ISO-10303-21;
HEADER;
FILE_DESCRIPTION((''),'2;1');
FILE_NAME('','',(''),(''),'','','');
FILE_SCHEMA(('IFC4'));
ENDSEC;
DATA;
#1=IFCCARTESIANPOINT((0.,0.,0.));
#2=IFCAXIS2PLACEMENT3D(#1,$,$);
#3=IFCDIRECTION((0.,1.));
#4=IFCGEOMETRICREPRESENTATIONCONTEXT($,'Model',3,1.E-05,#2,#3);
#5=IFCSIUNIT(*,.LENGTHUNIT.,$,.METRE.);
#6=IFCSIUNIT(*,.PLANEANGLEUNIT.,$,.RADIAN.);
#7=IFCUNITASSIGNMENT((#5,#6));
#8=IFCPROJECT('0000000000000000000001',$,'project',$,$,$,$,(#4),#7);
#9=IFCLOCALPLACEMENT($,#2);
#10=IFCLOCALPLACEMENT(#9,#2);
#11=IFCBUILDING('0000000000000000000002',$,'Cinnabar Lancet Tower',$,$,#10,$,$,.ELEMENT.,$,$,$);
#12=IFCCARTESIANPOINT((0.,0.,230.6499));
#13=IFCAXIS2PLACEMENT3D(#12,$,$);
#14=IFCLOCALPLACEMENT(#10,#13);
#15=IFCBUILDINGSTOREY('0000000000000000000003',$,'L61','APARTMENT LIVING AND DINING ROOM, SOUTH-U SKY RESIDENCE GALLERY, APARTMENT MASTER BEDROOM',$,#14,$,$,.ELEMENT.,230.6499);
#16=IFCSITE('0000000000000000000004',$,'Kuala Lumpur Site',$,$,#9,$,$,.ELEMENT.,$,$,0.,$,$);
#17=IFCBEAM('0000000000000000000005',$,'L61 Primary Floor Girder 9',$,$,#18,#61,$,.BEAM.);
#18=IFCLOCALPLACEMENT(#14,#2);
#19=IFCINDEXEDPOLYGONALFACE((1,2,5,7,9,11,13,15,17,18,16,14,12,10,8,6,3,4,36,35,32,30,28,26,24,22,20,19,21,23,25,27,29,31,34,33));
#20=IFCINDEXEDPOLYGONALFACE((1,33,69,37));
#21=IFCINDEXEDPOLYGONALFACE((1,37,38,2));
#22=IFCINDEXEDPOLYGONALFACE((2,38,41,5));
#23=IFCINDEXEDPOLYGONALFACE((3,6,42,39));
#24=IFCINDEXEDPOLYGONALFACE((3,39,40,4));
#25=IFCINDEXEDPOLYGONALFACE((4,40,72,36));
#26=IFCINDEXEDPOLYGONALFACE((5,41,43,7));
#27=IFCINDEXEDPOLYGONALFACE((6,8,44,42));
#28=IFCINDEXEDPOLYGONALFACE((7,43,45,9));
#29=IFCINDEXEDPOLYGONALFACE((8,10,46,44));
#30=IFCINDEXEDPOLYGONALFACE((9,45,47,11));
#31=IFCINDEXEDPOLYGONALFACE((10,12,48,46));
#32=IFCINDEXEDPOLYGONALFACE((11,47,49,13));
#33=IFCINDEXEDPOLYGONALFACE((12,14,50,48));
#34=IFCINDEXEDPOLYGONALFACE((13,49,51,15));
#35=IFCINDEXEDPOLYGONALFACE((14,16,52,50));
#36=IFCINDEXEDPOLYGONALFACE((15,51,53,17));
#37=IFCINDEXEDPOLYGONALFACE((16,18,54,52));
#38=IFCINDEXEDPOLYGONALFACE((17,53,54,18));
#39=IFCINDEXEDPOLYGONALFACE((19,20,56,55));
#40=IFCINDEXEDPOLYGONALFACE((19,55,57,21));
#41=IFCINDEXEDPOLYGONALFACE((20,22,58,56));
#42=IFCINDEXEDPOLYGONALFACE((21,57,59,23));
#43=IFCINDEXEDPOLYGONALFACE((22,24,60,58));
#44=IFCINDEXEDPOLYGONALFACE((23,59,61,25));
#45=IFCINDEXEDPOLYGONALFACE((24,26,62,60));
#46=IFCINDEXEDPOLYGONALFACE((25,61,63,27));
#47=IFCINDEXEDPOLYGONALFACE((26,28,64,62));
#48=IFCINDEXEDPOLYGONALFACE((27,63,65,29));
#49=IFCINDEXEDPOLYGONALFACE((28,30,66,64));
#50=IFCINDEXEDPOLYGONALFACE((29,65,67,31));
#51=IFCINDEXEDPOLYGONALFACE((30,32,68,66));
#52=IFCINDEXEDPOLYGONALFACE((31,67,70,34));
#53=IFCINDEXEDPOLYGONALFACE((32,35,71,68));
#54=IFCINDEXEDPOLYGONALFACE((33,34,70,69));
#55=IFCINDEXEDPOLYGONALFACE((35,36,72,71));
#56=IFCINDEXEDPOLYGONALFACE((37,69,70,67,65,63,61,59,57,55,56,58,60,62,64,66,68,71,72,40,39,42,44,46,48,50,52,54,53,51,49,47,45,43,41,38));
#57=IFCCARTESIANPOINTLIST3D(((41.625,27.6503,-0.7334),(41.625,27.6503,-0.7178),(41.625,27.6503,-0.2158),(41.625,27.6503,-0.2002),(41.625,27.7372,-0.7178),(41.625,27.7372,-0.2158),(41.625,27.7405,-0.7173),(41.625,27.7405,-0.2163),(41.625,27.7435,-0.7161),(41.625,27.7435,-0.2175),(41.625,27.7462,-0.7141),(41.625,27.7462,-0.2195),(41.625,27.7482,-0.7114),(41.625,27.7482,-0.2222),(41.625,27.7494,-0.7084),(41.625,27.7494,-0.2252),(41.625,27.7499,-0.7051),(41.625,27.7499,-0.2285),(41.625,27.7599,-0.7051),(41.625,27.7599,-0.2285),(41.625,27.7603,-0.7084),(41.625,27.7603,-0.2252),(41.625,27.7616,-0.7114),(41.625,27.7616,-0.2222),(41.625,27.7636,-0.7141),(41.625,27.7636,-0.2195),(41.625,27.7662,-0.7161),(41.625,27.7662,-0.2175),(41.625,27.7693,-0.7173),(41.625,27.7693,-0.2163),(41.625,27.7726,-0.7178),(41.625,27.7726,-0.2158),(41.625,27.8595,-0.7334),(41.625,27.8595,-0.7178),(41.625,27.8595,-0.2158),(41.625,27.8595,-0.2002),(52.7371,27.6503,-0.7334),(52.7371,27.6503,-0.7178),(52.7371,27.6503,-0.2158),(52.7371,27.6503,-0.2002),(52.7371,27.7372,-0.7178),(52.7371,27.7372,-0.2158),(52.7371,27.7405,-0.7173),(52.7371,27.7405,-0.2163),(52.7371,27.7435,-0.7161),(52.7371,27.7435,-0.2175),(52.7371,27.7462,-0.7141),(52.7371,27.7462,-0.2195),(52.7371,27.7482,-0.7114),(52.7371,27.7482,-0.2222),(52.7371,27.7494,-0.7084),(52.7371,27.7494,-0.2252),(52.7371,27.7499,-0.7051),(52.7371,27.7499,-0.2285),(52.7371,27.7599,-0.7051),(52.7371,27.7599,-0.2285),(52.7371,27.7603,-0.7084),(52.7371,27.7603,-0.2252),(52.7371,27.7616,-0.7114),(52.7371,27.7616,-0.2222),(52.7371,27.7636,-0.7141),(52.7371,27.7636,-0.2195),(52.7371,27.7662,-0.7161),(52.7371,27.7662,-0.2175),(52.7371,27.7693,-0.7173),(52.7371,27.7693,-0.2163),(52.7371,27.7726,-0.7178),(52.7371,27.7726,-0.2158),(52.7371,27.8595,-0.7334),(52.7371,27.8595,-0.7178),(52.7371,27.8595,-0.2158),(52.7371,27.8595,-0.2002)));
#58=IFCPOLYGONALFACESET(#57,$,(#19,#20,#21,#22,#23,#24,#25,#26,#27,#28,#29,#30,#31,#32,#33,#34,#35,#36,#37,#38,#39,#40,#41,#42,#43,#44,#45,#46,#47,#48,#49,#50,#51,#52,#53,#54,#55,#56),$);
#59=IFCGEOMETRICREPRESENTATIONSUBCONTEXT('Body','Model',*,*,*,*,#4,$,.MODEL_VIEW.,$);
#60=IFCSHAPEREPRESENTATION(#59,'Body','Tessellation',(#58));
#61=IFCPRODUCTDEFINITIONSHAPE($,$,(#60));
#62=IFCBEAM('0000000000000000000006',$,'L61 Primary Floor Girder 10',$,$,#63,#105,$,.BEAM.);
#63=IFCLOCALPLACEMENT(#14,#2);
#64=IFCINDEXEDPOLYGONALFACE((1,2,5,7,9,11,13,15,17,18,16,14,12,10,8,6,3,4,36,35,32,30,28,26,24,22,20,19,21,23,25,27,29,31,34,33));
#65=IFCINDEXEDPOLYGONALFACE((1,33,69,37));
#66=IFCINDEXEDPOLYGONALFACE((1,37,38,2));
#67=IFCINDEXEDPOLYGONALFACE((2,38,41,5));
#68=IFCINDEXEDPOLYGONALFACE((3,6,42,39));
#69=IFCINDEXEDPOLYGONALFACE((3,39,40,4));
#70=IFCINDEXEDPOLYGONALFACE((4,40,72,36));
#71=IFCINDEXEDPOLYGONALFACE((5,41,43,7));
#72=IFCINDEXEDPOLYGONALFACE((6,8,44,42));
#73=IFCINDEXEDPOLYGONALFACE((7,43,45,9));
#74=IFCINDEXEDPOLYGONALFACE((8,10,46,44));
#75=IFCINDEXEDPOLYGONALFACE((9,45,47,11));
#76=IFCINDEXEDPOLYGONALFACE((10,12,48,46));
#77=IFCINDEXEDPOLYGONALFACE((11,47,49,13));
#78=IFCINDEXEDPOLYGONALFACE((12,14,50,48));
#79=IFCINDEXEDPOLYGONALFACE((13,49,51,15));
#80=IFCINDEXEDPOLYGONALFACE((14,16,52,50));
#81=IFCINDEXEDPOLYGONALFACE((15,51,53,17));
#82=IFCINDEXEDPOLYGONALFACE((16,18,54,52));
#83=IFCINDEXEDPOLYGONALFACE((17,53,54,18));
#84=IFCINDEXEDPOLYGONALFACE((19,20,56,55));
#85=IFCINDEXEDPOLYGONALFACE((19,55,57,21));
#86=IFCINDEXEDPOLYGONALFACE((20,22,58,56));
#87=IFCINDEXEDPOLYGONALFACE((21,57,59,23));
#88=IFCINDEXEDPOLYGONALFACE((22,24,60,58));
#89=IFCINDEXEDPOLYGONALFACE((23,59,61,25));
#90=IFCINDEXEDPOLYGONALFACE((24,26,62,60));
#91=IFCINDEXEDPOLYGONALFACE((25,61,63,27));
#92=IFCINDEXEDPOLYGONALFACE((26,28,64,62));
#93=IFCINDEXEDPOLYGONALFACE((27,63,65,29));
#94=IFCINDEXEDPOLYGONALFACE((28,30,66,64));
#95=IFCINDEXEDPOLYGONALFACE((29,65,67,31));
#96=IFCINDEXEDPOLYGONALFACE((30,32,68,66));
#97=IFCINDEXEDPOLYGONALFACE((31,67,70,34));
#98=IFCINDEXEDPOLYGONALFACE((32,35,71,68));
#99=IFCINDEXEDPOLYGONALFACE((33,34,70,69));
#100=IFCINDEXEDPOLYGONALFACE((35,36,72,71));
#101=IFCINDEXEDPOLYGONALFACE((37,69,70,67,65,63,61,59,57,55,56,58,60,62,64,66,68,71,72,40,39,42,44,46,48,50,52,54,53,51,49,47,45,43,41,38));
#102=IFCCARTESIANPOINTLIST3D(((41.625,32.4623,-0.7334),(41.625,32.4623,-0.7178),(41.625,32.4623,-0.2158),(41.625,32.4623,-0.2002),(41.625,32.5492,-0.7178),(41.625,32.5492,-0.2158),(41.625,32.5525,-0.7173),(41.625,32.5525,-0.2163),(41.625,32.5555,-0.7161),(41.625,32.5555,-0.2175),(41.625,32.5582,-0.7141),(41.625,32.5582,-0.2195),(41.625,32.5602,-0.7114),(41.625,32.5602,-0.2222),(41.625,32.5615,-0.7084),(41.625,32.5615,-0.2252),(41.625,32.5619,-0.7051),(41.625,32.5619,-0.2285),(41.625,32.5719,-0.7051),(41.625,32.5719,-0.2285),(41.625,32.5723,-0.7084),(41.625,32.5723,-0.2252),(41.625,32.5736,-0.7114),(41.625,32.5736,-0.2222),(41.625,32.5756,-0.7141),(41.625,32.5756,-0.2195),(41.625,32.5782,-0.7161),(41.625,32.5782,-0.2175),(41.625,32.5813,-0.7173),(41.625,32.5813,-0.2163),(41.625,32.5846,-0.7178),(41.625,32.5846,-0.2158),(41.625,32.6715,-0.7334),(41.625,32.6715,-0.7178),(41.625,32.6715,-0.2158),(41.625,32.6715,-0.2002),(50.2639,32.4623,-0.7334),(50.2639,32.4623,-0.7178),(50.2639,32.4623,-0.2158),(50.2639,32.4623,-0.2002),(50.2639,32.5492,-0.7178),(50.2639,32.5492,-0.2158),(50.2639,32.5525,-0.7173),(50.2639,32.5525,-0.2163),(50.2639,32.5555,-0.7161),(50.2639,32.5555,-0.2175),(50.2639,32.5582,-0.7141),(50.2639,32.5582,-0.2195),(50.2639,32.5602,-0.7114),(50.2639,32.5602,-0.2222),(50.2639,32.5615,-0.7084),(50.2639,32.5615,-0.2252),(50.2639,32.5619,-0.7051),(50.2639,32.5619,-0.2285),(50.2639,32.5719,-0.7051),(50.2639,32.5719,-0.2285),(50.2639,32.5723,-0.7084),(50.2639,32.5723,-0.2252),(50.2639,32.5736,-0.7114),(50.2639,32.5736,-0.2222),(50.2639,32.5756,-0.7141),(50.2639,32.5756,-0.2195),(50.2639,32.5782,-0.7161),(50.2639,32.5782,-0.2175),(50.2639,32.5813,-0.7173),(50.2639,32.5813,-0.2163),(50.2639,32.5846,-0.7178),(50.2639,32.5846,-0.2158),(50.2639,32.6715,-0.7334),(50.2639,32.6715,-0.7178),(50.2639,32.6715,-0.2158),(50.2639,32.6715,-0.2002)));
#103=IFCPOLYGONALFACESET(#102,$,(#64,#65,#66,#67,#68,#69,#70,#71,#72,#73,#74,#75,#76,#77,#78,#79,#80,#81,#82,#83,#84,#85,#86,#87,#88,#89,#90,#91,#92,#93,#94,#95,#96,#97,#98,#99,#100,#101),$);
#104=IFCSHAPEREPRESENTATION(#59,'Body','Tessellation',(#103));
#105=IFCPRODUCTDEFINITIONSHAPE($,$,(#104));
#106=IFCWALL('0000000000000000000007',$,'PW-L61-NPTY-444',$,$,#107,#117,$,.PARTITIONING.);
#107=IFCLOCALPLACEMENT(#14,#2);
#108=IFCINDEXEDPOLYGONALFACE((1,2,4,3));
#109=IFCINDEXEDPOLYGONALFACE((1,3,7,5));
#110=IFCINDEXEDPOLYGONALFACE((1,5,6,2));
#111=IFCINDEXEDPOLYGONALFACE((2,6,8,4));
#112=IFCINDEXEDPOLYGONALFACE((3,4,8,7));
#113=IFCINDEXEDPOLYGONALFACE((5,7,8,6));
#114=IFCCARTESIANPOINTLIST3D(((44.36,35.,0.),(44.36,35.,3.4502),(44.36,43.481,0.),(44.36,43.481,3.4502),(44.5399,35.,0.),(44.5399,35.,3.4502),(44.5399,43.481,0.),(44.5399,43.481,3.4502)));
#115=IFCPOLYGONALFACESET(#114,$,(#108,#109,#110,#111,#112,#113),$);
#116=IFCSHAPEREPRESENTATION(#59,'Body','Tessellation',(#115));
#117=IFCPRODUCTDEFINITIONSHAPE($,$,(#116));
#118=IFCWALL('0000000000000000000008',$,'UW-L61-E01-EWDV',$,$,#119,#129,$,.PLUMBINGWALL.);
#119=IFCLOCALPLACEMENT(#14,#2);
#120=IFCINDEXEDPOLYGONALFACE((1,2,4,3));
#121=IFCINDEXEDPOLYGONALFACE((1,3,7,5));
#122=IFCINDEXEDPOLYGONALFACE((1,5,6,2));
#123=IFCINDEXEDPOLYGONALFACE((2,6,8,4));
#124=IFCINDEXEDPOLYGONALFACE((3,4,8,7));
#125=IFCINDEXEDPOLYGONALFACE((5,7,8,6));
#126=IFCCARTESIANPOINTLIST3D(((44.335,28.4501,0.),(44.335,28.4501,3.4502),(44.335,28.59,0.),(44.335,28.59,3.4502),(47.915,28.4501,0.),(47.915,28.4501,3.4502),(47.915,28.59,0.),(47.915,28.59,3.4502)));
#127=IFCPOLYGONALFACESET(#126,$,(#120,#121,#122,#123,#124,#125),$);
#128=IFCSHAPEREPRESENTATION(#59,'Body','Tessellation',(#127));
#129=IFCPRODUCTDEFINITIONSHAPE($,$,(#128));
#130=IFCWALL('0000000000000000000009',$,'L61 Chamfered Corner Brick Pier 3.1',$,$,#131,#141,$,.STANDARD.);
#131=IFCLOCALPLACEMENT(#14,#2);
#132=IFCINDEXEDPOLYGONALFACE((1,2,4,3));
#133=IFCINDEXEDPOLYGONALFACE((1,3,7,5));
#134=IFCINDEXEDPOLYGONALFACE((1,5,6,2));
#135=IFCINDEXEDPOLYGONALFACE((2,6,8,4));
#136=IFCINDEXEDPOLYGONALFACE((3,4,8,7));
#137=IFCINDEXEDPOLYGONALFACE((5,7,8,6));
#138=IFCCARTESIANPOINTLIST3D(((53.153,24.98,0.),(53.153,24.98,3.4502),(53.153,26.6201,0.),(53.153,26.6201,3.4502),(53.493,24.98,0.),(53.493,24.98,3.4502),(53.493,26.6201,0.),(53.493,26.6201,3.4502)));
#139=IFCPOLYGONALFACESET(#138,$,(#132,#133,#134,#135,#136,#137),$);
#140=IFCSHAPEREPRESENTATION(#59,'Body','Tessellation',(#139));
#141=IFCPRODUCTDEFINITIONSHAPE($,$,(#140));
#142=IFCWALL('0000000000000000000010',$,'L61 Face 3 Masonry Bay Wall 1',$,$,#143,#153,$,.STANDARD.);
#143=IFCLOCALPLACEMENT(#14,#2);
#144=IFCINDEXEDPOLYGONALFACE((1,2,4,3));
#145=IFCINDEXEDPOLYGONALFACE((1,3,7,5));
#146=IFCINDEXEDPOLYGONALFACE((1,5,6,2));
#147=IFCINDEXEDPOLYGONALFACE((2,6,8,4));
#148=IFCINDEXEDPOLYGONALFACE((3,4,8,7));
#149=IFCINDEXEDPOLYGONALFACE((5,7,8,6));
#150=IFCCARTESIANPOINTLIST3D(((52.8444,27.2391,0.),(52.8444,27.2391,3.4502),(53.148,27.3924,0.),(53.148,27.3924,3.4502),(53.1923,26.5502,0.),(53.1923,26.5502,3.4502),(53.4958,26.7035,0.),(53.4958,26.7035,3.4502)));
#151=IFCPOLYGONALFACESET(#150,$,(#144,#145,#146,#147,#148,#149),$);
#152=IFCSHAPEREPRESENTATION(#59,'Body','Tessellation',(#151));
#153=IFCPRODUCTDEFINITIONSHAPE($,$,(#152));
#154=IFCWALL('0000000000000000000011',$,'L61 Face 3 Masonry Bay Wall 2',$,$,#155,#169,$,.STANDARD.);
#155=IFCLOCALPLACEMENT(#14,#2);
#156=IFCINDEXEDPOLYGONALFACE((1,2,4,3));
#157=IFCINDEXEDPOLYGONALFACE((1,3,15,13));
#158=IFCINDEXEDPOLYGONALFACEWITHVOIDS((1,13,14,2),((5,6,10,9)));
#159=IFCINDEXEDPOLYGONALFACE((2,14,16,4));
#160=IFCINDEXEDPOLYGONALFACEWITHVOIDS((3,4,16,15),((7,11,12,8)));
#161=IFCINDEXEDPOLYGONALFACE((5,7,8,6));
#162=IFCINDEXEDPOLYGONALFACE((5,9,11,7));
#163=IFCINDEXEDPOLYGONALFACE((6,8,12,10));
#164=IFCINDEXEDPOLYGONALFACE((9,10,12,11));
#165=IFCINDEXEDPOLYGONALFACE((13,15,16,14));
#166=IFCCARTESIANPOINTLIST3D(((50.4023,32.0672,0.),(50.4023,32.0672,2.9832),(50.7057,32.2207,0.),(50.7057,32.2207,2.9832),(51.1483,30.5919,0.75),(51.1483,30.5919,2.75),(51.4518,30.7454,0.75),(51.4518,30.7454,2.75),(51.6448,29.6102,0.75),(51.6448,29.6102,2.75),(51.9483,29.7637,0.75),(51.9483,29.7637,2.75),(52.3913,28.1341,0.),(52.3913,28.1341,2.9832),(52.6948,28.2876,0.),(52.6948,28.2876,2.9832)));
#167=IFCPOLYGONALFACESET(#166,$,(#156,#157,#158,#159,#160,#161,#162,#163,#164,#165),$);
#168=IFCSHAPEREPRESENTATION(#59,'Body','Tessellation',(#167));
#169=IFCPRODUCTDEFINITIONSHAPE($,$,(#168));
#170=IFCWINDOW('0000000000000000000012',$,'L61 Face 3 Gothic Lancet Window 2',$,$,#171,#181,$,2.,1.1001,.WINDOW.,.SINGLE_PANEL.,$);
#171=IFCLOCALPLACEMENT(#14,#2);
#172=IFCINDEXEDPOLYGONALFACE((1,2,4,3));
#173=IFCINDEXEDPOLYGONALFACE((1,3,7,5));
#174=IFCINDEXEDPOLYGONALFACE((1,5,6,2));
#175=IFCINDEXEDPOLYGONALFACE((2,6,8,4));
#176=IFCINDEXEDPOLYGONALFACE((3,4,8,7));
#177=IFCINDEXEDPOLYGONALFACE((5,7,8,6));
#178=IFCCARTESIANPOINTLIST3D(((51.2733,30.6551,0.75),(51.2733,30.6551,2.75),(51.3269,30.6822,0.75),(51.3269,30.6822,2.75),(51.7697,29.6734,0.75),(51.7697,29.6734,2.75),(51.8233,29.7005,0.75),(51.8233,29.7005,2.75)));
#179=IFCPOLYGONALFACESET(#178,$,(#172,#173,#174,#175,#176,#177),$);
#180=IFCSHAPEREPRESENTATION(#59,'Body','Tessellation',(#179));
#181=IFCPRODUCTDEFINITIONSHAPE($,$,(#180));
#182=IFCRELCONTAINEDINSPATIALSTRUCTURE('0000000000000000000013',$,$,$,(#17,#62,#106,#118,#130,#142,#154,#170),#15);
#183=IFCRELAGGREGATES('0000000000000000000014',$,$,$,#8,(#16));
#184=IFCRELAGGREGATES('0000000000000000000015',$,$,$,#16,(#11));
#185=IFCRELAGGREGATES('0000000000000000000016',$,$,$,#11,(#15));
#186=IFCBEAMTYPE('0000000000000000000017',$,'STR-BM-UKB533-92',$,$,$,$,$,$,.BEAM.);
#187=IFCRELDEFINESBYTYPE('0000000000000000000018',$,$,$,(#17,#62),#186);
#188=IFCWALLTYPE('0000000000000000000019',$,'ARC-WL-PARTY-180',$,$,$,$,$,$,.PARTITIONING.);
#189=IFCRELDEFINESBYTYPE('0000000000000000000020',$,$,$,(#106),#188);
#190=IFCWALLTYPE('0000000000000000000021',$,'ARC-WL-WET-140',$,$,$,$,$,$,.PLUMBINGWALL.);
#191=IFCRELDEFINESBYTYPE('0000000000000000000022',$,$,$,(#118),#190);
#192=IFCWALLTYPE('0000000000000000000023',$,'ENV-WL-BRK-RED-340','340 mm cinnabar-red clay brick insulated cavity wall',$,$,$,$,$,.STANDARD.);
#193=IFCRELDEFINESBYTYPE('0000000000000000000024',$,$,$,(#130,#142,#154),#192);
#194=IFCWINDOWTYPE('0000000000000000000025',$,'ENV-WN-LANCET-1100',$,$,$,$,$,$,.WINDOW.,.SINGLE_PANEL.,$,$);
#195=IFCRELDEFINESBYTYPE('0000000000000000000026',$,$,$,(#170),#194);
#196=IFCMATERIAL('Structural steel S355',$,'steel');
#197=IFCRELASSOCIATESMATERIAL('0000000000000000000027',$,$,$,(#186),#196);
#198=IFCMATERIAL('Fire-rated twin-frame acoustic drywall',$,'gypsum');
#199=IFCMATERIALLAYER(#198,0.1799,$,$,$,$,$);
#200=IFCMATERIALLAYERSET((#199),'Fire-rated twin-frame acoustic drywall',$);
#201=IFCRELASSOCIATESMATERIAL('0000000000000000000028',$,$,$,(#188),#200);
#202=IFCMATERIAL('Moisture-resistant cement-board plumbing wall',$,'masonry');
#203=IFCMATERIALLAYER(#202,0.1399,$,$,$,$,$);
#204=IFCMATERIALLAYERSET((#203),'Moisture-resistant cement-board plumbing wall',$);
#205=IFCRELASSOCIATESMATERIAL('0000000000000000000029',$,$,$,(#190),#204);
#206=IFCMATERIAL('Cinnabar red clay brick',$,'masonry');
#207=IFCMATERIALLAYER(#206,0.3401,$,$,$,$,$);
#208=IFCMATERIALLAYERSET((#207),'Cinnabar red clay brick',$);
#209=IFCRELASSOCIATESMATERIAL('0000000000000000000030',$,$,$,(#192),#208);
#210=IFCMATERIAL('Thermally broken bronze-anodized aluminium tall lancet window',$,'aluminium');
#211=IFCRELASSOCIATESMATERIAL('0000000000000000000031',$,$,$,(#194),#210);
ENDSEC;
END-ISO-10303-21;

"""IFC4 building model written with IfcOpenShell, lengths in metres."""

from ifc_helpers import new_model, si_unit, direction, frame, frame_2d, origin, origin_2d, place, context, subcontext, project, spatial, rectangle, i_section, extrude, material, layer, layer_set, material_profile, profile_set, type_object, element, fill, save


model = new_model("IFC4")

# Units and contexts
model_context = context("Model", 3, precision=1e-05, world=origin(), true_north=direction((0.0, 1.0)))
body_context = subcontext(model_context, "Body", "Model", "MODEL_VIEW")
ifc_project = project(units=[si_unit("LENGTHUNIT", "METRE"), si_unit("PLANEANGLEUNIT", "RADIAN")], contexts=[model_context])

# Site, building, storey
site_placement = place(None, origin())
site = spatial("IfcSite", under=ifc_project, at=site_placement, Name="Kuala Lumpur Site", CompositionType="ELEMENT", RefElevation=0.0)
building_placement = place(site_placement, origin())
building = spatial("IfcBuilding", under=site, at=building_placement, Name="Cinnabar Lancet Tower", CompositionType="ELEMENT")
storey_placement = place(building_placement, frame((0.0, 0.0, 230.6499)))
storey = spatial("IfcBuildingStorey", under=building, at=storey_placement, Name="L61", Description="APARTMENT LIVING AND DINING ROOM, SOUTH-U SKY RESIDENCE GALLERY, APARTMENT MASTER BEDROOM", CompositionType="ELEMENT", Elevation=230.6499)

# Beams
ifc_material_1 = material(Name="Structural steel S355", Category="steel")
ifc_material_profile_1 = material_profile(ifc_material_1, i_section(OverallWidth=0.2092, OverallDepth=0.5332, WebThickness=0.01, FlangeThickness=0.0156, FilletRadius=0.0127, at=origin_2d()), Name="UKB 533x210x92")
ifc_profile_set_1 = profile_set([ifc_material_profile_1], Name="Structural steel S355")
beam_type_1 = type_object("IfcBeamType", Name="STR-BM-UKB533-92", PredefinedType="BEAM", material=ifc_profile_set_1)
beam_1_placement = place(storey_placement, frame((52.7371, 27.7549, -0.4668), z_axis=(-1.0, 0.0, 0.0), x_axis=(0.0, -1.0, 0.0)))
element("IfcBeam", 1, at=beam_1_placement, inside=storey, type_object=beam_type_1, Name="L61 Primary Floor Girder 9", PredefinedType="BEAM", context=body_context, shape_type="SweptSolid", body=[
    extrude(i_section(OverallWidth=0.2092, OverallDepth=0.5332, WebThickness=0.01, FlangeThickness=0.0156, FilletRadius=0.0127, at=origin_2d()), origin(), (0.0, 0.0, 1.0), 11.1121),
])
beam_2_placement = place(storey_placement, frame((50.2639, 32.5669, -0.4668), z_axis=(-1.0, 0.0, 0.0), x_axis=(0.0, -1.0, 0.0)))
element("IfcBeam", 2, at=beam_2_placement, inside=storey, type_object=beam_type_1, Name="L61 Primary Floor Girder 10", PredefinedType="BEAM", context=body_context, shape_type="SweptSolid", body=[
    extrude(i_section(OverallWidth=0.2092, OverallDepth=0.5332, WebThickness=0.01, FlangeThickness=0.0156, FilletRadius=0.0127, at=origin_2d()), origin(), (0.0, 0.0, 1.0), 8.6389),
])

# Walls
ifc_material_2 = material(Name="Fire-rated twin-frame acoustic drywall", Category="gypsum")
ifc_layer_1 = layer(ifc_material_2, 0.1799)
ifc_layer_set_1 = layer_set([ifc_layer_1], Name="Fire-rated twin-frame acoustic drywall")
wall_type_1 = type_object("IfcWallType", Name="ARC-WL-PARTY-180", PredefinedType="PARTITIONING", material=ifc_layer_set_1)
wall_1_placement = place(storey_placement, frame((44.45, 35.0, 0.0), z_axis=(0.0, 0.0, 1.0), x_axis=(0.0, 1.0, 0.0)))
element("IfcWall", 3, at=wall_1_placement, inside=storey, type_object=wall_type_1, Name="PW-L61-NPTY-444", PredefinedType="PARTITIONING", context=body_context, shape_type="SweptSolid", body=[
    extrude(rectangle(XDim=8.481, YDim=0.1799, at=frame_2d((4.2405, 0.0))), origin(), (0.0, 0.0, 1.0), 3.4502),
])
ifc_material_3 = material(Name="Moisture-resistant cement-board plumbing wall", Category="masonry")
ifc_layer_2 = layer(ifc_material_3, 0.1399)
ifc_layer_set_2 = layer_set([ifc_layer_2], Name="Moisture-resistant cement-board plumbing wall")
wall_type_2 = type_object("IfcWallType", Name="ARC-WL-WET-140", PredefinedType="PLUMBINGWALL", material=ifc_layer_set_2)
wall_2_placement = place(storey_placement, frame((44.335, 28.52, 0.0), z_axis=(0.0, 0.0, 1.0), x_axis=(1.0, 0.0, 0.0)))
element("IfcWall", 4, at=wall_2_placement, inside=storey, type_object=wall_type_2, Name="UW-L61-E01-EWDV", PredefinedType="PLUMBINGWALL", context=body_context, shape_type="SweptSolid", body=[
    extrude(rectangle(XDim=3.5801, YDim=0.1399, at=frame_2d((1.79, 0.0))), origin(), (0.0, 0.0, 1.0), 3.4502),
])
ifc_material_4 = material(Name="Cinnabar red clay brick", Category="masonry")
ifc_layer_3 = layer(ifc_material_4, 0.3401)
ifc_layer_set_3 = layer_set([ifc_layer_3], Name="Cinnabar red clay brick")
wall_type_3 = type_object("IfcWallType", Name="ENV-WL-BRK-RED-340", Description="340 mm cinnabar-red clay brick insulated cavity wall", PredefinedType="STANDARD", material=ifc_layer_set_3)
wall_3_placement = place(storey_placement, frame((53.323, 24.98, 0.0), z_axis=(0.0, 0.0, 1.0), x_axis=(0.0, 1.0, 0.0)))
element("IfcWall", 5, at=wall_3_placement, inside=storey, type_object=wall_type_3, Name="L61 Chamfered Corner Brick Pier 3.1", PredefinedType="STANDARD", context=body_context, shape_type="SweptSolid", body=[
    extrude(rectangle(XDim=1.6401, YDim=0.3401, at=frame_2d((0.8201, 0.0))), origin(), (0.0, 0.0, 1.0), 3.4502),
])
wall_4_placement = place(storey_placement, frame((53.344, 26.627, 0.0), z_axis=(0.0, 0.0, 1.0), x_axis=(-0.450753, 0.892649, 0.0)))
element("IfcWall", 6, at=wall_4_placement, inside=storey, type_object=wall_type_3, Name="L61 Face 3 Masonry Bay Wall 1", PredefinedType="STANDARD", context=body_context, shape_type="SweptSolid", body=[
    extrude(rectangle(XDim=0.7717, YDim=0.3401, at=frame_2d((0.3857, 0.0))), origin(), (0.0, 0.0, 1.0), 3.4502),
])

# Wall, opening, window
wall_5_placement = place(storey_placement, frame((52.543, 28.2109, 0.0), z_axis=(0.0, 0.0, 1.0), x_axis=(-0.451286, 0.892379, 0.0)))
wall_5 = element("IfcWall", 7, at=wall_5_placement, inside=storey, type_object=wall_type_3, Name="L61 Face 3 Masonry Bay Wall 2", PredefinedType="STANDARD", context=body_context, shape_type="SweptSolid", body=[
    extrude(rectangle(XDim=4.4075, YDim=0.3401, at=frame_2d((2.2036, 0.0))), origin(), (0.0, 0.0, 1.0), 2.9832),
])
opening_1_placement = place(wall_5_placement, frame((1.6541, 0.0, 0.75)))
opening_1 = element("IfcOpeningElement", 8, at=opening_1_placement, cuts=wall_5, PredefinedType="OPENING", context=body_context, shape_type="SweptSolid", body=[
    extrude(rectangle(XDim=1.1001, YDim=2.0, at=frame_2d((0.55, 1.0))), frame((0.0, 0.1799, 0.0), z_axis=(0.0, -1.0, 0.0), x_axis=(1.0, 0.0, 0.0)), (0.0, 0.0, 1.0), 0.3601),
])
ifc_material_5 = material(Name="Thermally broken bronze-anodized aluminium tall lancet window", Category="aluminium")
window_type_1 = type_object("IfcWindowType", Name="ENV-WN-LANCET-1100", PartitioningType="SINGLE_PANEL", PredefinedType="WINDOW", material=ifc_material_5)
window_1_placement = place(opening_1_placement, origin())
window_1 = element("IfcWindow", 9, at=window_1_placement, inside=storey, type_object=window_type_1, Name="L61 Face 3 Gothic Lancet Window 2", OverallHeight=2.0, OverallWidth=1.1001, PartitioningType="SINGLE_PANEL", PredefinedType="WINDOW", context=body_context, shape_type="SweptSolid", body=[
    extrude(rectangle(XDim=1.1001, YDim=2.0, at=frame_2d((0.55, 1.0))), frame((0.0, 0.03, 0.0), z_axis=(0.0, -1.0, 0.0), x_axis=(1.0, 0.0, 0.0)), (0.0, 0.0, 1.0), 0.0601),
])
fill(opening_1, window_1)

save(model, "model.ifc")
